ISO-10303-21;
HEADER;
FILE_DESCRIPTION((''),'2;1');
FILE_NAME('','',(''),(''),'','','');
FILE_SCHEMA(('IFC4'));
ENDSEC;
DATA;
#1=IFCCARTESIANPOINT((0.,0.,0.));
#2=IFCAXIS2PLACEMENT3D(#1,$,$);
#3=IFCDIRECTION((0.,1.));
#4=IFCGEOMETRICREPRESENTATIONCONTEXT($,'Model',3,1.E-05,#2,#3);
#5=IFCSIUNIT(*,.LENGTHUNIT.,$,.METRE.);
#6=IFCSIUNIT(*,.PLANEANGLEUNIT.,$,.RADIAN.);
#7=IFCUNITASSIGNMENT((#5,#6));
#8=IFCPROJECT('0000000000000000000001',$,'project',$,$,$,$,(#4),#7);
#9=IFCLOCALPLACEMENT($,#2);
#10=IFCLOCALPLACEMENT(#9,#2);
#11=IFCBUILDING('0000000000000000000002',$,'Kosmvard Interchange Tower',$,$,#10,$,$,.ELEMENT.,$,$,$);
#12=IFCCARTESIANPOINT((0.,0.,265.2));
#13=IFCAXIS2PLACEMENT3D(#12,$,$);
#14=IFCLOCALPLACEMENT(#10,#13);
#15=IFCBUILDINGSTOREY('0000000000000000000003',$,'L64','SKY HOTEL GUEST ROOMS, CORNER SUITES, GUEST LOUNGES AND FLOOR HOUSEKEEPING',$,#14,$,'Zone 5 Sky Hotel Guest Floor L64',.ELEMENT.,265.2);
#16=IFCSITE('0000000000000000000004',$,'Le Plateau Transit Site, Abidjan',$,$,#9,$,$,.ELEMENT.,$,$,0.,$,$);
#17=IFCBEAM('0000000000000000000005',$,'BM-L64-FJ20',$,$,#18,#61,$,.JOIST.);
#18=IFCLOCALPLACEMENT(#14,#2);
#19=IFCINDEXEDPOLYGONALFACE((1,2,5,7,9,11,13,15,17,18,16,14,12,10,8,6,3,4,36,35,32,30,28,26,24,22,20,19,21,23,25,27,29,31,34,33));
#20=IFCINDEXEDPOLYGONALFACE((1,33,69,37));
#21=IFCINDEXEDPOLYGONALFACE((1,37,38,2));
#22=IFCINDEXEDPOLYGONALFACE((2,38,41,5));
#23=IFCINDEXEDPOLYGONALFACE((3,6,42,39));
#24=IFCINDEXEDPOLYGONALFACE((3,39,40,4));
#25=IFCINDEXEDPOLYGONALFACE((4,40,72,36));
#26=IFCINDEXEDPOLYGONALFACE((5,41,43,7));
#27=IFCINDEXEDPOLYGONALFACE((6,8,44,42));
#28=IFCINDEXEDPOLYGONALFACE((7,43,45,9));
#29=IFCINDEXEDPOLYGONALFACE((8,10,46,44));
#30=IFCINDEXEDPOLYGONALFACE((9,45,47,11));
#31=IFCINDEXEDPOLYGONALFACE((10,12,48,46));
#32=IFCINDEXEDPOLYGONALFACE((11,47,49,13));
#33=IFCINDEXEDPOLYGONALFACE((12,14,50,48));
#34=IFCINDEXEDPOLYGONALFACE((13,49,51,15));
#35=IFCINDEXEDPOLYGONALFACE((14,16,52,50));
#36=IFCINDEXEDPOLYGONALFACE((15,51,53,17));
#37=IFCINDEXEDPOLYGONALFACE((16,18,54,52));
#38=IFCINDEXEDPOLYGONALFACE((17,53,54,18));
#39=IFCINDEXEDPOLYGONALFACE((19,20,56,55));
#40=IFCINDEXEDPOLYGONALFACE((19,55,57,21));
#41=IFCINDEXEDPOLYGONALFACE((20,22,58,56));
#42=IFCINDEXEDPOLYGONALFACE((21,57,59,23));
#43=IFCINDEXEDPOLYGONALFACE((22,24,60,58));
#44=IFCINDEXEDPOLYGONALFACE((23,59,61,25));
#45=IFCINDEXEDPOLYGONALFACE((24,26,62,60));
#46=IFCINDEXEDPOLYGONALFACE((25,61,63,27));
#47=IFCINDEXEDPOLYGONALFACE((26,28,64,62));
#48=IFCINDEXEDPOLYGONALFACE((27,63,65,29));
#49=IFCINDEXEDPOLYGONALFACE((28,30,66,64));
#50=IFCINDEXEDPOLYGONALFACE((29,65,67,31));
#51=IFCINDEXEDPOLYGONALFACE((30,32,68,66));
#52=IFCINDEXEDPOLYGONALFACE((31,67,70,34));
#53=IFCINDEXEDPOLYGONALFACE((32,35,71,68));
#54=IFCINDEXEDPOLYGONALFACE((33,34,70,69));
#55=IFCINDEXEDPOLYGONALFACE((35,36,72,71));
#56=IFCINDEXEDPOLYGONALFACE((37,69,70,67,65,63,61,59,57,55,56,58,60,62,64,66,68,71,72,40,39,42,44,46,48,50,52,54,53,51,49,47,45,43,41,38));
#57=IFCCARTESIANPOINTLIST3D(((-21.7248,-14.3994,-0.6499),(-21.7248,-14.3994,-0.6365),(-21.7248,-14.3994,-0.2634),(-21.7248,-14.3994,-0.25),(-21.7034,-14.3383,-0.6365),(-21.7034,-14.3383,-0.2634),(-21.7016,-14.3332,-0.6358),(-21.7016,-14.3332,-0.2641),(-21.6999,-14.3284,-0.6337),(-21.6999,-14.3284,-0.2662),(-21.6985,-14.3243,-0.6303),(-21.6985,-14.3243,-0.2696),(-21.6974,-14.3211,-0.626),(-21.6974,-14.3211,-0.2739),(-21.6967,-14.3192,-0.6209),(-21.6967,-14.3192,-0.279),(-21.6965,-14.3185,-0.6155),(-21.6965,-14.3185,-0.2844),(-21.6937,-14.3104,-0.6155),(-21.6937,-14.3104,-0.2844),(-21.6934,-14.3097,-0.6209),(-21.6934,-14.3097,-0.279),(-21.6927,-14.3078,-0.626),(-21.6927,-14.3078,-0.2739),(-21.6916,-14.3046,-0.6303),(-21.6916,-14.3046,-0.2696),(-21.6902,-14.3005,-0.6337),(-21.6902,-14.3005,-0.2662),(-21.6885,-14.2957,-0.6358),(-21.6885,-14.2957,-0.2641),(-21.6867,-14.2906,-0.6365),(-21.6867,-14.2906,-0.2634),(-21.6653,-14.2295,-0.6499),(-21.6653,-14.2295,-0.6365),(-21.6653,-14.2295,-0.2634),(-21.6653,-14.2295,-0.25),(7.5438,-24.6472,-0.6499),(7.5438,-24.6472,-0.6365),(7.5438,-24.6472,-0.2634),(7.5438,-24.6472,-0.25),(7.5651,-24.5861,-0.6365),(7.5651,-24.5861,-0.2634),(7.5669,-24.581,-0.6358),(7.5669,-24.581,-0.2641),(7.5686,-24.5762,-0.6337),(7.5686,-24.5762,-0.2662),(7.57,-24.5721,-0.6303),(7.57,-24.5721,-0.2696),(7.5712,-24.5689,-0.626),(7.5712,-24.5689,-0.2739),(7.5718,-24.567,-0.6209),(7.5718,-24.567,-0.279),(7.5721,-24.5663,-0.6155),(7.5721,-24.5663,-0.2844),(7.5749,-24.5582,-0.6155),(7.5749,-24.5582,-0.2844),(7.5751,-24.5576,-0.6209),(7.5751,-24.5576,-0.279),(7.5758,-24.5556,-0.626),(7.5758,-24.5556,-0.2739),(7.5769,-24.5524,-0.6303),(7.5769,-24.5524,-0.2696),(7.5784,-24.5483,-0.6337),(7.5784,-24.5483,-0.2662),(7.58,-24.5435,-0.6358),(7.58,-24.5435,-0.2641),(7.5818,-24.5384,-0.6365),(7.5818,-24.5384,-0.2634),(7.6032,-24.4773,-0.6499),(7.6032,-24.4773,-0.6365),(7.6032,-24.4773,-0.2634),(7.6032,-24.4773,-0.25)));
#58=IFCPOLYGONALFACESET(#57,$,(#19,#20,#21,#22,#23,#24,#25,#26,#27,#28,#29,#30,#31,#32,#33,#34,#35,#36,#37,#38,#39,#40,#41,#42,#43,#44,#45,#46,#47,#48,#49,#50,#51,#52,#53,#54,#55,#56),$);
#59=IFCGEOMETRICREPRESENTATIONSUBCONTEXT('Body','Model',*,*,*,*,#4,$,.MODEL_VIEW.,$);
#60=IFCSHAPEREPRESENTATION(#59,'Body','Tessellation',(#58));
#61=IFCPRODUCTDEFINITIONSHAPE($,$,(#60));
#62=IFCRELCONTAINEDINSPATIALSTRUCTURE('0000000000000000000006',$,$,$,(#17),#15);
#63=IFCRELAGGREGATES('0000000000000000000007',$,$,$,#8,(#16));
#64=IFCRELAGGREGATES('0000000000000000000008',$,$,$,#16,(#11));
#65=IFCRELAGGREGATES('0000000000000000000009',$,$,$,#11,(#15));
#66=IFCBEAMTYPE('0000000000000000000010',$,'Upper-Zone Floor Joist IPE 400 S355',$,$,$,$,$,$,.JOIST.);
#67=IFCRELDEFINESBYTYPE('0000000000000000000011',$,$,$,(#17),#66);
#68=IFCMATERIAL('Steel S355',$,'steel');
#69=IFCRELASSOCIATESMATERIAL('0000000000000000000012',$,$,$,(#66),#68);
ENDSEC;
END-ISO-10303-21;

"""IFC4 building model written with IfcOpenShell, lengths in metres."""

from ifc_helpers import new_model, si_unit, direction, frame, origin, origin_2d, place, context, subcontext, project, spatial, i_section, extrude, source, transform, mapped, material, material_profile, profile_set, type_object, element, save


model = new_model("IFC4")

# Units and contexts
model_context = context("Model", 3, precision=1e-05, world=origin(), true_north=direction((0.0, 1.0)))
body_context = subcontext(model_context, "Body", "Model", "MODEL_VIEW")
ifc_project = project(units=[si_unit("LENGTHUNIT", "METRE"), si_unit("PLANEANGLEUNIT", "RADIAN")], contexts=[model_context])

# Site, building, storey
site_placement = place(None, origin())
site = spatial("IfcSite", under=ifc_project, at=site_placement, Name="Le Plateau Transit Site, Abidjan", CompositionType="ELEMENT", RefElevation=0.0)
building_placement = place(site_placement, origin())
building = spatial("IfcBuilding", under=site, at=building_placement, Name="Kosmvard Interchange Tower", CompositionType="ELEMENT")
storey_placement = place(building_placement, frame((0.0, 0.0, 265.2)))
storey = spatial("IfcBuildingStorey", under=building, at=storey_placement, Name="L64", Description="SKY HOTEL GUEST ROOMS, CORNER SUITES, GUEST LOUNGES AND FLOOR HOUSEKEEPING", LongName="Zone 5 Sky Hotel Guest Floor L64", CompositionType="ELEMENT", Elevation=265.2)

# Beam
ifc_material_1 = material(Name="Steel S355", Category="steel")
ifc_material_profile_1 = material_profile(ifc_material_1, i_section(OverallWidth=0.1799, OverallDepth=0.3999, WebThickness=0.0085, FlangeThickness=0.0134, FilletRadius=0.021, at=origin_2d()), Name="IPE 400")
ifc_profile_set_1 = profile_set([ifc_material_profile_1], Name="Steel S355")
beam_type_1 = type_object("IfcBeamType", Name="Upper-Zone Floor Joist IPE 400 S355", PredefinedType="JOIST", material=ifc_profile_set_1)
shared_shape_1 = source(origin(), body_context, "Body", "SweptSolid", [
    extrude(i_section(OverallWidth=0.1799, OverallDepth=0.3999, WebThickness=0.0085, FlangeThickness=0.0134, FilletRadius=0.021, at=origin_2d()), origin(), (0.0, 0.0, 1.0), 31.0107),
])
beam_1_placement = place(storey_placement, frame((-21.6951, -14.3145, -0.45), z_axis=(0.94382, -0.33046, 0.0), x_axis=(0.33046, 0.94382, 0.0)))
element("IfcBeam", 1, at=beam_1_placement, inside=storey, type_object=beam_type_1, Name="BM-L64-FJ20", PredefinedType="JOIST", context=body_context, shape_type="MappedRepresentation", body=[
    mapped(shared_shape_1, transform((0.0, 0.0, 0.0), scale=1.0)),
])

save(model, "model.ifc")
